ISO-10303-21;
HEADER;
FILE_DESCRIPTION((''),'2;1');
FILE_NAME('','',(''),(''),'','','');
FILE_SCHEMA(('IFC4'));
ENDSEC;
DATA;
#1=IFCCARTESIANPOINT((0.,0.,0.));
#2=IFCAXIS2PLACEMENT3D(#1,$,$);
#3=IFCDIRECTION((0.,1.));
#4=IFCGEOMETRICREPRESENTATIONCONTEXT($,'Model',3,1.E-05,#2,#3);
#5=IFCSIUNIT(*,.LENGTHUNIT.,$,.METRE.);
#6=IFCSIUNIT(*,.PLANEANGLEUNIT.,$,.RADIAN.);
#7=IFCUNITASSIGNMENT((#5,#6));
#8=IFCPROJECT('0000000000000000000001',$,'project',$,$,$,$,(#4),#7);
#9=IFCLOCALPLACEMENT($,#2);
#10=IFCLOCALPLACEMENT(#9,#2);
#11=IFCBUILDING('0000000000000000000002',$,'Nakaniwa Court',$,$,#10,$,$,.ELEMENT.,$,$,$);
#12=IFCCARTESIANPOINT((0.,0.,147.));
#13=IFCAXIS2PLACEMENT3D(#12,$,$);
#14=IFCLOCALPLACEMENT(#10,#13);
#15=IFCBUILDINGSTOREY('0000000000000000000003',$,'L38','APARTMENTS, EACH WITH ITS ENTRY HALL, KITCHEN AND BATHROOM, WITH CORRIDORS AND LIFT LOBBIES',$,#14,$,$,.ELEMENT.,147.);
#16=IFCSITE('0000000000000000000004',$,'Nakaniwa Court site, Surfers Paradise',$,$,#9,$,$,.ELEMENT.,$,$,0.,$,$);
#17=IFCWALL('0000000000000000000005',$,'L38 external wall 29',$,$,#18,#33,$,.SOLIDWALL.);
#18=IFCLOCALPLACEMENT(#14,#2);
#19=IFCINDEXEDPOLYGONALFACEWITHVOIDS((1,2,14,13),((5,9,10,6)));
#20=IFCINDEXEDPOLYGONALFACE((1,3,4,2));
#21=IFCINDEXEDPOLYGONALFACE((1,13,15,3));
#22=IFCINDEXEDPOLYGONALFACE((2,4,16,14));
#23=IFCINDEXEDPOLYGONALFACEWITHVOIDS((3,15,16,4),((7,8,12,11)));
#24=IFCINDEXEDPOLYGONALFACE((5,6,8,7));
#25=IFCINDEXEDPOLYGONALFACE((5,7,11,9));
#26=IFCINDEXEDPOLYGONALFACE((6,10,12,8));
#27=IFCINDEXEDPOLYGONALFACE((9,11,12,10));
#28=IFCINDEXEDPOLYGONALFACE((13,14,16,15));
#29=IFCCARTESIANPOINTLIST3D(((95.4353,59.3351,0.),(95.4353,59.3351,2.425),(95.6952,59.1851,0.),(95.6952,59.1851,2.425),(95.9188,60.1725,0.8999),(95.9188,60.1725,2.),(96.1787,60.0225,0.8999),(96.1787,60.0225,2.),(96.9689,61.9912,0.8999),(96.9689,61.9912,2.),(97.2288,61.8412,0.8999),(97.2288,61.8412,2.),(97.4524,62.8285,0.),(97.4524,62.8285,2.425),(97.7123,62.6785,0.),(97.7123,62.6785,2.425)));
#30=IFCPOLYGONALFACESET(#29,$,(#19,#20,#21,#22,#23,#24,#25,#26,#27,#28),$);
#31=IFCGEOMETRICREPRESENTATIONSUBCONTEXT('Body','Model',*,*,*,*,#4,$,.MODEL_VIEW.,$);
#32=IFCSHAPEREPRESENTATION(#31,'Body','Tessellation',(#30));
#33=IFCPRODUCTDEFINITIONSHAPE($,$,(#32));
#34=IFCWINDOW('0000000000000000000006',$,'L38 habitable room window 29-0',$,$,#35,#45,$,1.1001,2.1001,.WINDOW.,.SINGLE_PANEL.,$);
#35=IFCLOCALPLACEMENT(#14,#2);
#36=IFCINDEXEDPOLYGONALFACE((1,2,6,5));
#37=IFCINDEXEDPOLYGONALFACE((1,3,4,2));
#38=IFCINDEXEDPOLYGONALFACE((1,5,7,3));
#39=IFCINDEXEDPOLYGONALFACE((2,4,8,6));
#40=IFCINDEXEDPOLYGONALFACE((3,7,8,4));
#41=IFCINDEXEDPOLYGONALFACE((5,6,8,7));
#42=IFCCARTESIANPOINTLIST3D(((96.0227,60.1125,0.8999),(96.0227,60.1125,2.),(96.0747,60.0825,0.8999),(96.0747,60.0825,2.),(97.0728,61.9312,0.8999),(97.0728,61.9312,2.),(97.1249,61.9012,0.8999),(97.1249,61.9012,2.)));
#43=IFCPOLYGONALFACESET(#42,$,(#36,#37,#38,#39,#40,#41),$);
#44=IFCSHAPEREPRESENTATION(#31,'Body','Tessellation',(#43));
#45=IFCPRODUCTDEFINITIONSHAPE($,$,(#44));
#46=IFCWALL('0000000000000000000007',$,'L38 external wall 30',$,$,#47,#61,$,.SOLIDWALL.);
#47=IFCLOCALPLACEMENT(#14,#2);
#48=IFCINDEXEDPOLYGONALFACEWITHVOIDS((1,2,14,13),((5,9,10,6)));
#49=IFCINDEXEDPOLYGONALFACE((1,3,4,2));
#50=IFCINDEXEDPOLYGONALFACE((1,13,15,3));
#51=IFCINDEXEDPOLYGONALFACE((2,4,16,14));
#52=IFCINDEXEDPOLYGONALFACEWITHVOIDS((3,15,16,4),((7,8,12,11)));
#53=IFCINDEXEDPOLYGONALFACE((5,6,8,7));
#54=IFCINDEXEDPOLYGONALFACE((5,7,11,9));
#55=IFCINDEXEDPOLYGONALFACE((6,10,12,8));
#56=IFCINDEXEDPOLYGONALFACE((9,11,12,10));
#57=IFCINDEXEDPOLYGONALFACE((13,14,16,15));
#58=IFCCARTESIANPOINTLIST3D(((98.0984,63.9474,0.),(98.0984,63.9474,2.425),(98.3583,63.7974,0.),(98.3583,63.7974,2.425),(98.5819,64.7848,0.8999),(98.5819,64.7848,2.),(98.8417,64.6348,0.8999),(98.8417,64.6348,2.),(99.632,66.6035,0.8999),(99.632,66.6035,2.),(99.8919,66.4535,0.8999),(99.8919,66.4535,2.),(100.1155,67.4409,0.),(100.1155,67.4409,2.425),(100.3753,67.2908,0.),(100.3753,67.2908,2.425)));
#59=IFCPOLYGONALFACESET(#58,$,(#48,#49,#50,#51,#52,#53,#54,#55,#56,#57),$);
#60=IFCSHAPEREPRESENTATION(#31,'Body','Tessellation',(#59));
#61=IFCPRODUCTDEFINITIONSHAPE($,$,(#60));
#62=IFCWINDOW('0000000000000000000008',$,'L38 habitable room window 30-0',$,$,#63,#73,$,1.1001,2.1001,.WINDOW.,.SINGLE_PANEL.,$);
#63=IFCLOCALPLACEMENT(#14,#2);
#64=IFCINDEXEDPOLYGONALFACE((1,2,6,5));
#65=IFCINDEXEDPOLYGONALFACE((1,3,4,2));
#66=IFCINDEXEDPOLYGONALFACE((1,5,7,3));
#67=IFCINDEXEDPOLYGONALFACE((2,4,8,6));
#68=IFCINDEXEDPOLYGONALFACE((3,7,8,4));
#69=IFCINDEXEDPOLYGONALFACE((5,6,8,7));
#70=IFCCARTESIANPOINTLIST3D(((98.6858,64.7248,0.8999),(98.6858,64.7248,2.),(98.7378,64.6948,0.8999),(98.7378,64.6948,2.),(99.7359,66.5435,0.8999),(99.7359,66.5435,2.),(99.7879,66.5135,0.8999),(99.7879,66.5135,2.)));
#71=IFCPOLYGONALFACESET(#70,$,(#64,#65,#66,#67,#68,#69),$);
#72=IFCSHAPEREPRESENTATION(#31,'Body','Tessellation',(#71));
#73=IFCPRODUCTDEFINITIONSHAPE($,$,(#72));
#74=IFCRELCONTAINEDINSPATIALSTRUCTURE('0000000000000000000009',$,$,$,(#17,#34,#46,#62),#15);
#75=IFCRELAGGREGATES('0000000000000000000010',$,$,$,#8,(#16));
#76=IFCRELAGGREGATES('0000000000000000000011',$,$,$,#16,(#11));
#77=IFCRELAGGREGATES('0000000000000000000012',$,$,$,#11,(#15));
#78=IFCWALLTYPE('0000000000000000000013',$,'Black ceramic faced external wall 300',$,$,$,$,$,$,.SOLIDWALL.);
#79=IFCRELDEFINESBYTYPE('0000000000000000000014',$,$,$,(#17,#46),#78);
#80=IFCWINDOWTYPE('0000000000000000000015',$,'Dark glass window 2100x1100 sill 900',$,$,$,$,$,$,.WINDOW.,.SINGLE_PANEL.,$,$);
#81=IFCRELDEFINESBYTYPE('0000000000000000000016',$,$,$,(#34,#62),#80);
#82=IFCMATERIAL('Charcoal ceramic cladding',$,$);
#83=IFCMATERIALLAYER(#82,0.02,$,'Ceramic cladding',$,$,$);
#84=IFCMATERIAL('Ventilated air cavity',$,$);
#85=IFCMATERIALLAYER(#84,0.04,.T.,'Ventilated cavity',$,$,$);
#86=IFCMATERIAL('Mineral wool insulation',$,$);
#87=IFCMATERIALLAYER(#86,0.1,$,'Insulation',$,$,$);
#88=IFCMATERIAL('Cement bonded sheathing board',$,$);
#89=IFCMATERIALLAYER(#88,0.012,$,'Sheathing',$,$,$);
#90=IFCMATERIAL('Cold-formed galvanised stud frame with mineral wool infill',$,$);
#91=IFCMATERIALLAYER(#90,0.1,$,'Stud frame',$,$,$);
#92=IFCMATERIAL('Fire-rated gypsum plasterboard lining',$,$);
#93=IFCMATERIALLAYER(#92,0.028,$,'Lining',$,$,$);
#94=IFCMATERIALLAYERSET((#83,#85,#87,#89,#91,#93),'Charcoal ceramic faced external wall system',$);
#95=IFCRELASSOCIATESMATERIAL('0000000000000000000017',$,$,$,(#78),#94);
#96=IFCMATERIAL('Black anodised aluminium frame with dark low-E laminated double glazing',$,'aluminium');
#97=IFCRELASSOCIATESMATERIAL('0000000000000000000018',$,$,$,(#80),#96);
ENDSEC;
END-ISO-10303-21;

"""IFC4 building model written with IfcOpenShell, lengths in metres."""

from ifc_helpers import new_model, si_unit, direction, frame, frame_2d, origin, place, context, subcontext, project, spatial, rectangle, extrude, material, layer, layer_set, type_object, element, fill, save


model = new_model("IFC4")

# Units and contexts
model_context = context("Model", 3, precision=1e-05, world=origin(), true_north=direction((0.0, 1.0)))
body_context = subcontext(model_context, "Body", "Model", "MODEL_VIEW")
ifc_project = project(units=[si_unit("LENGTHUNIT", "METRE"), si_unit("PLANEANGLEUNIT", "RADIAN")], contexts=[model_context])

# Site, building, storey
site_placement = place(None, origin())
site = spatial("IfcSite", under=ifc_project, at=site_placement, Name="Nakaniwa Court site, Surfers Paradise", CompositionType="ELEMENT", RefElevation=0.0)
building_placement = place(site_placement, origin())
building = spatial("IfcBuilding", under=site, at=building_placement, Name="Nakaniwa Court", CompositionType="ELEMENT")
storey_placement = place(building_placement, frame((0.0, 0.0, 147.0)))
storey = spatial("IfcBuildingStorey", under=building, at=storey_placement, Name="L38", Description="APARTMENTS, EACH WITH ITS ENTRY HALL, KITCHEN AND BATHROOM, WITH CORRIDORS AND LIFT LOBBIES", CompositionType="ELEMENT", Elevation=147.0)

# Shared definitions
ifc_material_1 = material(Name="Charcoal ceramic cladding")
ifc_layer_1 = layer(ifc_material_1, 0.02, Name="Ceramic cladding")
ifc_material_2 = material(Name="Ventilated air cavity")
ifc_layer_2 = layer(ifc_material_2, 0.04, ventilated=True, Name="Ventilated cavity")
ifc_material_3 = material(Name="Mineral wool insulation")
ifc_layer_3 = layer(ifc_material_3, 0.1, Name="Insulation")
ifc_material_4 = material(Name="Cement bonded sheathing board")
ifc_layer_4 = layer(ifc_material_4, 0.012, Name="Sheathing")
ifc_material_5 = material(Name="Cold-formed galvanised stud frame with mineral wool infill")
ifc_layer_5 = layer(ifc_material_5, 0.1, Name="Stud frame")
ifc_material_6 = material(Name="Fire-rated gypsum plasterboard lining")
ifc_layer_6 = layer(ifc_material_6, 0.028, Name="Lining")
ifc_layer_set_1 = layer_set([ifc_layer_1, ifc_layer_2, ifc_layer_3, ifc_layer_4, ifc_layer_5, ifc_layer_6], Name="Charcoal ceramic faced external wall system")
wall_type_1 = type_object("IfcWallType", Name="Black ceramic faced external wall 300", PredefinedType="SOLIDWALL", material=ifc_layer_set_1)

# Walls, openings, windows
ifc_material_7 = material(Name="Black anodised aluminium frame with dark low-E laminated double glazing", Category="aluminium")
wall_1_placement = place(storey_placement, frame((95.5652, 59.26, 0.0), z_axis=(0.0, 0.0, 1.0), x_axis=(0.500032, 0.866007, 0.0)))
wall_1 = element("IfcWall", 1, at=wall_1_placement, inside=storey, type_object=wall_type_1, Name="L38 external wall 29", PredefinedType="SOLIDWALL", context=body_context, shape_type="SweptSolid", body=[
    extrude(rectangle(XDim=4.0339, YDim=0.3, at=frame_2d((2.0171, 0.0))), origin(), (0.0, 0.0, 1.0), 2.425),
])
opening_1_placement = place(wall_1_placement, frame((0.967, 0.0, 0.8999)))
opening_1 = element("IfcOpeningElement", 2, at=opening_1_placement, cuts=wall_1, PredefinedType="OPENING", context=body_context, shape_type="SweptSolid", body=[
    extrude(rectangle(XDim=2.1001, YDim=1.1001, at=frame_2d((1.05, 0.55))), frame((0.0, 0.1599, 0.0), z_axis=(0.0, -1.0, 0.0), x_axis=(1.0, 0.0, 0.0)), (0.0, 0.0, 1.0), 0.3201),
])
window_type_1 = type_object("IfcWindowType", Name="Dark glass window 2100x1100 sill 900", PartitioningType="SINGLE_PANEL", PredefinedType="WINDOW", material=ifc_material_7)
window_1_placement = place(opening_1_placement, origin())
window_1 = element("IfcWindow", 3, at=window_1_placement, inside=storey, type_object=window_type_1, Name="L38 habitable room window 29-0", OverallHeight=1.1001, OverallWidth=2.1001, PartitioningType="SINGLE_PANEL", PredefinedType="WINDOW", context=body_context, shape_type="SweptSolid", body=[
    extrude(rectangle(XDim=2.1001, YDim=1.1001, at=frame_2d((1.05, 0.55))), frame((0.0, 0.03, 0.0), z_axis=(0.0, -1.0, 0.0), x_axis=(1.0, 0.0, 0.0)), (0.0, 0.0, 1.0), 0.0601),
])
fill(opening_1, window_1)
wall_2_placement = place(storey_placement, frame((98.2283, 63.8723, 0.0), z_axis=(0.0, 0.0, 1.0), x_axis=(0.500032, 0.866007, 0.0)))
wall_2 = element("IfcWall", 4, at=wall_2_placement, inside=storey, type_object=wall_type_1, Name="L38 external wall 30", PredefinedType="SOLIDWALL", context=body_context, shape_type="SweptSolid", body=[
    extrude(rectangle(XDim=4.0339, YDim=0.3, at=frame_2d((2.0171, 0.0))), origin(), (0.0, 0.0, 1.0), 2.425),
])
opening_2_placement = place(wall_2_placement, frame((0.967, 0.0, 0.8999)))
opening_2 = element("IfcOpeningElement", 5, at=opening_2_placement, cuts=wall_2, PredefinedType="OPENING", context=body_context, shape_type="SweptSolid", body=[
    extrude(rectangle(XDim=2.1001, YDim=1.1001, at=frame_2d((1.05, 0.55))), frame((0.0, 0.1599, 0.0), z_axis=(0.0, -1.0, 0.0), x_axis=(1.0, 0.0, 0.0)), (0.0, 0.0, 1.0), 0.3201),
])
window_2_placement = place(opening_2_placement, origin())
window_2 = element("IfcWindow", 6, at=window_2_placement, inside=storey, type_object=window_type_1, Name="L38 habitable room window 30-0", OverallHeight=1.1001, OverallWidth=2.1001, PartitioningType="SINGLE_PANEL", PredefinedType="WINDOW", context=body_context, shape_type="SweptSolid", body=[
    extrude(rectangle(XDim=2.1001, YDim=1.1001, at=frame_2d((1.05, 0.55))), frame((0.0, 0.03, 0.0), z_axis=(0.0, -1.0, 0.0), x_axis=(1.0, 0.0, 0.0)), (0.0, 0.0, 1.0), 0.0601),
])
fill(opening_2, window_2)

save(model, "model.ifc")
